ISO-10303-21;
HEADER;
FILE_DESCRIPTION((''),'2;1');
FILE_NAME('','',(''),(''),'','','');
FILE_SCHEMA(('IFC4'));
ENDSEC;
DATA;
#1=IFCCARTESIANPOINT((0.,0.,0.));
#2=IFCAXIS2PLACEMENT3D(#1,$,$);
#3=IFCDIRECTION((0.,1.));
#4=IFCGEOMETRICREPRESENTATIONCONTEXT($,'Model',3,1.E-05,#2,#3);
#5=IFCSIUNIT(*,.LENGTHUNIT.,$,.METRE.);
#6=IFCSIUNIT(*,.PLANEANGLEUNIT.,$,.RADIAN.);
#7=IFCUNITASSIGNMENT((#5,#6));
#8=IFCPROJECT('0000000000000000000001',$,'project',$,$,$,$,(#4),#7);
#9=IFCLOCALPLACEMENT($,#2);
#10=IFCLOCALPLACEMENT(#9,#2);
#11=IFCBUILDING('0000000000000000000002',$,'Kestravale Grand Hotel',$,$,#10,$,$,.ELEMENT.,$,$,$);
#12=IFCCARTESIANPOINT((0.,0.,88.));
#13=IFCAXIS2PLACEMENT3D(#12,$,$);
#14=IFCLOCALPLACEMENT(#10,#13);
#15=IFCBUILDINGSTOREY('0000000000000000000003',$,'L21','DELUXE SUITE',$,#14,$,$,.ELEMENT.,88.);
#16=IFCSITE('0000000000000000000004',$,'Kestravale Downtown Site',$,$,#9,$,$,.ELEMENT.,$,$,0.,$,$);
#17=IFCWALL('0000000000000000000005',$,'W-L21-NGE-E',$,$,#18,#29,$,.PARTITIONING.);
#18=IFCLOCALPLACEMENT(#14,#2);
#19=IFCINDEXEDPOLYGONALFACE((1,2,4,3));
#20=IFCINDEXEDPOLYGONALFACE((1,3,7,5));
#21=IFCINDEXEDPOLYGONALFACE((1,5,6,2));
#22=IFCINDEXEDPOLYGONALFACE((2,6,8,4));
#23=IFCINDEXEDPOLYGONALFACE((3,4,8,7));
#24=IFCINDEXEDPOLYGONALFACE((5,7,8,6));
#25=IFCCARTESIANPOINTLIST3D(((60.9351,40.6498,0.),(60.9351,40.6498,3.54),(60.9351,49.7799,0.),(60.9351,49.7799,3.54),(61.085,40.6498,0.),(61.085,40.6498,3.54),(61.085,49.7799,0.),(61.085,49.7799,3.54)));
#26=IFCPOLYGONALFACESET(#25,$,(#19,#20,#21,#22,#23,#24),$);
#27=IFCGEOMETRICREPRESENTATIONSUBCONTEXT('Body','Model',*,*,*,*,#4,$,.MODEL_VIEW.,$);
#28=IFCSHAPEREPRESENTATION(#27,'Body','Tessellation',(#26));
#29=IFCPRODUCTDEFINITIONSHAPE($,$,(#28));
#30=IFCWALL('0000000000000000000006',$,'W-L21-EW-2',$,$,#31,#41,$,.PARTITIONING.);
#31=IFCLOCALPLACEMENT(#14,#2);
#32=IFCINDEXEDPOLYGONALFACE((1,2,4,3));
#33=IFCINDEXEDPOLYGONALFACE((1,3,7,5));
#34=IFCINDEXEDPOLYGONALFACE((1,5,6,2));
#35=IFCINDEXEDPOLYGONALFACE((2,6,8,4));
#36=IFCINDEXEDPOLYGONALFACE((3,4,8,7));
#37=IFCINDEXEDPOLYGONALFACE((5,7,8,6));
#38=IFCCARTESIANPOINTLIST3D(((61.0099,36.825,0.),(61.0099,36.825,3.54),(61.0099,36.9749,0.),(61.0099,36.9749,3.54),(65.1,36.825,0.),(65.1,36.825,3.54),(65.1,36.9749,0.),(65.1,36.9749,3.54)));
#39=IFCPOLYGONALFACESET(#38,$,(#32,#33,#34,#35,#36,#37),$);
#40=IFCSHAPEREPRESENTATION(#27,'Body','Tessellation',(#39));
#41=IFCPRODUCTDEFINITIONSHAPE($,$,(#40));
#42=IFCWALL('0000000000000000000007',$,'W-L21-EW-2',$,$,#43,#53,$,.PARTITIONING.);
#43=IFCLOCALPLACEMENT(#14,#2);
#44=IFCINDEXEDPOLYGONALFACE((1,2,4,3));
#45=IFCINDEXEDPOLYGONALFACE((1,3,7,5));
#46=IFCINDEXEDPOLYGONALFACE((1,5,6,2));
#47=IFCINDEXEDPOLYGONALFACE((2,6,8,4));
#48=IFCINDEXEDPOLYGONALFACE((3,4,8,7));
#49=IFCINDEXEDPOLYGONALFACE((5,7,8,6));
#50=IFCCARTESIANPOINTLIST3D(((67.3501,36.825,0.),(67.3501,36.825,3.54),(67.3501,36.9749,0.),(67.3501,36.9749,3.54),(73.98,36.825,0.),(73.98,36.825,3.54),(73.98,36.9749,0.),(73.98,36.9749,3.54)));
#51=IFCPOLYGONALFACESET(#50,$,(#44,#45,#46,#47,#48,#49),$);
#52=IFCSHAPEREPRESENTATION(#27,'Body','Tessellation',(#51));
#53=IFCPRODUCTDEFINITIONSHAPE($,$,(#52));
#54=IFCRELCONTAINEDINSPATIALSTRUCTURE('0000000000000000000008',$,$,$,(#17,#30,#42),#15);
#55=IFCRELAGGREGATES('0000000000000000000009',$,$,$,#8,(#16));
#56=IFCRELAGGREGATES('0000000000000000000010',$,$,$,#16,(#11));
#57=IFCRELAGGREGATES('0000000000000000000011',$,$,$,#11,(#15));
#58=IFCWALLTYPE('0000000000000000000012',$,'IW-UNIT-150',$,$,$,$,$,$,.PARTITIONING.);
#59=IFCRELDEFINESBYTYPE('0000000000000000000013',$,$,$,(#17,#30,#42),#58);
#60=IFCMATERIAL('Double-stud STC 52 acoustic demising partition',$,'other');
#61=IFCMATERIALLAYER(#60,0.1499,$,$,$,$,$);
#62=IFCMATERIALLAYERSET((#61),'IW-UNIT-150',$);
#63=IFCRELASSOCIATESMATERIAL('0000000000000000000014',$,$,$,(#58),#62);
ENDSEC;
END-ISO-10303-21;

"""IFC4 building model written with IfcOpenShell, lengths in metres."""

from ifc_helpers import new_model, si_unit, direction, frame, frame_2d, origin, place, context, subcontext, project, spatial, rectangle, extrude, material, layer, layer_set, type_object, element, save


model = new_model("IFC4")

# Units and contexts
model_context = context("Model", 3, precision=1e-05, world=origin(), true_north=direction((0.0, 1.0)))
body_context = subcontext(model_context, "Body", "Model", "MODEL_VIEW")
ifc_project = project(units=[si_unit("LENGTHUNIT", "METRE"), si_unit("PLANEANGLEUNIT", "RADIAN")], contexts=[model_context])

# Site, building, storey
site_placement = place(None, origin())
site = spatial("IfcSite", under=ifc_project, at=site_placement, Name="Kestravale Downtown Site", CompositionType="ELEMENT", RefElevation=0.0)
building_placement = place(site_placement, origin())
building = spatial("IfcBuilding", under=site, at=building_placement, Name="Kestravale Grand Hotel", CompositionType="ELEMENT")
storey_placement = place(building_placement, frame((0.0, 0.0, 88.0)))
storey = spatial("IfcBuildingStorey", under=building, at=storey_placement, Name="L21", Description="DELUXE SUITE", CompositionType="ELEMENT", Elevation=88.0)

# Shared definitions
ifc_material_1 = material(Name="Double-stud STC 52 acoustic demising partition", Category="other")
ifc_layer_1 = layer(ifc_material_1, 0.1499)
ifc_layer_set_1 = layer_set([ifc_layer_1], Name="IW-UNIT-150")
wall_type_1 = type_object("IfcWallType", Name="IW-UNIT-150", PredefinedType="PARTITIONING", material=ifc_layer_set_1)

# Walls
wall_1_placement = place(storey_placement, frame((61.01, 40.6499, 0.0), z_axis=(0.0, 0.0, 1.0), x_axis=(0.0, 1.0, 0.0)))
element("IfcWall", 1, at=wall_1_placement, inside=storey, type_object=wall_type_1, Name="W-L21-NGE-E", PredefinedType="PARTITIONING", context=body_context, shape_type="SweptSolid", body=[
    extrude(rectangle(XDim=9.1301, YDim=0.1499, at=frame_2d((4.5649, 0.0))), origin(), (0.0, 0.0, 1.0), 3.54),
])
wall_2_placement = place(storey_placement, frame((61.01, 36.8999, 0.0), z_axis=(0.0, 0.0, 1.0), x_axis=(1.0, 0.0, 0.0)))
element("IfcWall", 2, at=wall_2_placement, inside=storey, type_object=wall_type_1, Name="W-L21-EW-2", PredefinedType="PARTITIONING", context=body_context, shape_type="SweptSolid", body=[
    extrude(rectangle(XDim=4.0901, YDim=0.1499, at=frame_2d((2.0449, 0.0))), origin(), (0.0, 0.0, 1.0), 3.54),
])
wall_3_placement = place(storey_placement, frame((67.3501, 36.8999, 0.0), z_axis=(0.0, 0.0, 1.0), x_axis=(1.0, 0.0, 0.0)))
element("IfcWall", 3, at=wall_3_placement, inside=storey, type_object=wall_type_1, Name="W-L21-EW-2", PredefinedType="PARTITIONING", context=body_context, shape_type="SweptSolid", body=[
    extrude(rectangle(XDim=6.6299, YDim=0.1499, at=frame_2d((3.3149, 0.0))), origin(), (0.0, 0.0, 1.0), 3.54),
])

save(model, "model.ifc")
